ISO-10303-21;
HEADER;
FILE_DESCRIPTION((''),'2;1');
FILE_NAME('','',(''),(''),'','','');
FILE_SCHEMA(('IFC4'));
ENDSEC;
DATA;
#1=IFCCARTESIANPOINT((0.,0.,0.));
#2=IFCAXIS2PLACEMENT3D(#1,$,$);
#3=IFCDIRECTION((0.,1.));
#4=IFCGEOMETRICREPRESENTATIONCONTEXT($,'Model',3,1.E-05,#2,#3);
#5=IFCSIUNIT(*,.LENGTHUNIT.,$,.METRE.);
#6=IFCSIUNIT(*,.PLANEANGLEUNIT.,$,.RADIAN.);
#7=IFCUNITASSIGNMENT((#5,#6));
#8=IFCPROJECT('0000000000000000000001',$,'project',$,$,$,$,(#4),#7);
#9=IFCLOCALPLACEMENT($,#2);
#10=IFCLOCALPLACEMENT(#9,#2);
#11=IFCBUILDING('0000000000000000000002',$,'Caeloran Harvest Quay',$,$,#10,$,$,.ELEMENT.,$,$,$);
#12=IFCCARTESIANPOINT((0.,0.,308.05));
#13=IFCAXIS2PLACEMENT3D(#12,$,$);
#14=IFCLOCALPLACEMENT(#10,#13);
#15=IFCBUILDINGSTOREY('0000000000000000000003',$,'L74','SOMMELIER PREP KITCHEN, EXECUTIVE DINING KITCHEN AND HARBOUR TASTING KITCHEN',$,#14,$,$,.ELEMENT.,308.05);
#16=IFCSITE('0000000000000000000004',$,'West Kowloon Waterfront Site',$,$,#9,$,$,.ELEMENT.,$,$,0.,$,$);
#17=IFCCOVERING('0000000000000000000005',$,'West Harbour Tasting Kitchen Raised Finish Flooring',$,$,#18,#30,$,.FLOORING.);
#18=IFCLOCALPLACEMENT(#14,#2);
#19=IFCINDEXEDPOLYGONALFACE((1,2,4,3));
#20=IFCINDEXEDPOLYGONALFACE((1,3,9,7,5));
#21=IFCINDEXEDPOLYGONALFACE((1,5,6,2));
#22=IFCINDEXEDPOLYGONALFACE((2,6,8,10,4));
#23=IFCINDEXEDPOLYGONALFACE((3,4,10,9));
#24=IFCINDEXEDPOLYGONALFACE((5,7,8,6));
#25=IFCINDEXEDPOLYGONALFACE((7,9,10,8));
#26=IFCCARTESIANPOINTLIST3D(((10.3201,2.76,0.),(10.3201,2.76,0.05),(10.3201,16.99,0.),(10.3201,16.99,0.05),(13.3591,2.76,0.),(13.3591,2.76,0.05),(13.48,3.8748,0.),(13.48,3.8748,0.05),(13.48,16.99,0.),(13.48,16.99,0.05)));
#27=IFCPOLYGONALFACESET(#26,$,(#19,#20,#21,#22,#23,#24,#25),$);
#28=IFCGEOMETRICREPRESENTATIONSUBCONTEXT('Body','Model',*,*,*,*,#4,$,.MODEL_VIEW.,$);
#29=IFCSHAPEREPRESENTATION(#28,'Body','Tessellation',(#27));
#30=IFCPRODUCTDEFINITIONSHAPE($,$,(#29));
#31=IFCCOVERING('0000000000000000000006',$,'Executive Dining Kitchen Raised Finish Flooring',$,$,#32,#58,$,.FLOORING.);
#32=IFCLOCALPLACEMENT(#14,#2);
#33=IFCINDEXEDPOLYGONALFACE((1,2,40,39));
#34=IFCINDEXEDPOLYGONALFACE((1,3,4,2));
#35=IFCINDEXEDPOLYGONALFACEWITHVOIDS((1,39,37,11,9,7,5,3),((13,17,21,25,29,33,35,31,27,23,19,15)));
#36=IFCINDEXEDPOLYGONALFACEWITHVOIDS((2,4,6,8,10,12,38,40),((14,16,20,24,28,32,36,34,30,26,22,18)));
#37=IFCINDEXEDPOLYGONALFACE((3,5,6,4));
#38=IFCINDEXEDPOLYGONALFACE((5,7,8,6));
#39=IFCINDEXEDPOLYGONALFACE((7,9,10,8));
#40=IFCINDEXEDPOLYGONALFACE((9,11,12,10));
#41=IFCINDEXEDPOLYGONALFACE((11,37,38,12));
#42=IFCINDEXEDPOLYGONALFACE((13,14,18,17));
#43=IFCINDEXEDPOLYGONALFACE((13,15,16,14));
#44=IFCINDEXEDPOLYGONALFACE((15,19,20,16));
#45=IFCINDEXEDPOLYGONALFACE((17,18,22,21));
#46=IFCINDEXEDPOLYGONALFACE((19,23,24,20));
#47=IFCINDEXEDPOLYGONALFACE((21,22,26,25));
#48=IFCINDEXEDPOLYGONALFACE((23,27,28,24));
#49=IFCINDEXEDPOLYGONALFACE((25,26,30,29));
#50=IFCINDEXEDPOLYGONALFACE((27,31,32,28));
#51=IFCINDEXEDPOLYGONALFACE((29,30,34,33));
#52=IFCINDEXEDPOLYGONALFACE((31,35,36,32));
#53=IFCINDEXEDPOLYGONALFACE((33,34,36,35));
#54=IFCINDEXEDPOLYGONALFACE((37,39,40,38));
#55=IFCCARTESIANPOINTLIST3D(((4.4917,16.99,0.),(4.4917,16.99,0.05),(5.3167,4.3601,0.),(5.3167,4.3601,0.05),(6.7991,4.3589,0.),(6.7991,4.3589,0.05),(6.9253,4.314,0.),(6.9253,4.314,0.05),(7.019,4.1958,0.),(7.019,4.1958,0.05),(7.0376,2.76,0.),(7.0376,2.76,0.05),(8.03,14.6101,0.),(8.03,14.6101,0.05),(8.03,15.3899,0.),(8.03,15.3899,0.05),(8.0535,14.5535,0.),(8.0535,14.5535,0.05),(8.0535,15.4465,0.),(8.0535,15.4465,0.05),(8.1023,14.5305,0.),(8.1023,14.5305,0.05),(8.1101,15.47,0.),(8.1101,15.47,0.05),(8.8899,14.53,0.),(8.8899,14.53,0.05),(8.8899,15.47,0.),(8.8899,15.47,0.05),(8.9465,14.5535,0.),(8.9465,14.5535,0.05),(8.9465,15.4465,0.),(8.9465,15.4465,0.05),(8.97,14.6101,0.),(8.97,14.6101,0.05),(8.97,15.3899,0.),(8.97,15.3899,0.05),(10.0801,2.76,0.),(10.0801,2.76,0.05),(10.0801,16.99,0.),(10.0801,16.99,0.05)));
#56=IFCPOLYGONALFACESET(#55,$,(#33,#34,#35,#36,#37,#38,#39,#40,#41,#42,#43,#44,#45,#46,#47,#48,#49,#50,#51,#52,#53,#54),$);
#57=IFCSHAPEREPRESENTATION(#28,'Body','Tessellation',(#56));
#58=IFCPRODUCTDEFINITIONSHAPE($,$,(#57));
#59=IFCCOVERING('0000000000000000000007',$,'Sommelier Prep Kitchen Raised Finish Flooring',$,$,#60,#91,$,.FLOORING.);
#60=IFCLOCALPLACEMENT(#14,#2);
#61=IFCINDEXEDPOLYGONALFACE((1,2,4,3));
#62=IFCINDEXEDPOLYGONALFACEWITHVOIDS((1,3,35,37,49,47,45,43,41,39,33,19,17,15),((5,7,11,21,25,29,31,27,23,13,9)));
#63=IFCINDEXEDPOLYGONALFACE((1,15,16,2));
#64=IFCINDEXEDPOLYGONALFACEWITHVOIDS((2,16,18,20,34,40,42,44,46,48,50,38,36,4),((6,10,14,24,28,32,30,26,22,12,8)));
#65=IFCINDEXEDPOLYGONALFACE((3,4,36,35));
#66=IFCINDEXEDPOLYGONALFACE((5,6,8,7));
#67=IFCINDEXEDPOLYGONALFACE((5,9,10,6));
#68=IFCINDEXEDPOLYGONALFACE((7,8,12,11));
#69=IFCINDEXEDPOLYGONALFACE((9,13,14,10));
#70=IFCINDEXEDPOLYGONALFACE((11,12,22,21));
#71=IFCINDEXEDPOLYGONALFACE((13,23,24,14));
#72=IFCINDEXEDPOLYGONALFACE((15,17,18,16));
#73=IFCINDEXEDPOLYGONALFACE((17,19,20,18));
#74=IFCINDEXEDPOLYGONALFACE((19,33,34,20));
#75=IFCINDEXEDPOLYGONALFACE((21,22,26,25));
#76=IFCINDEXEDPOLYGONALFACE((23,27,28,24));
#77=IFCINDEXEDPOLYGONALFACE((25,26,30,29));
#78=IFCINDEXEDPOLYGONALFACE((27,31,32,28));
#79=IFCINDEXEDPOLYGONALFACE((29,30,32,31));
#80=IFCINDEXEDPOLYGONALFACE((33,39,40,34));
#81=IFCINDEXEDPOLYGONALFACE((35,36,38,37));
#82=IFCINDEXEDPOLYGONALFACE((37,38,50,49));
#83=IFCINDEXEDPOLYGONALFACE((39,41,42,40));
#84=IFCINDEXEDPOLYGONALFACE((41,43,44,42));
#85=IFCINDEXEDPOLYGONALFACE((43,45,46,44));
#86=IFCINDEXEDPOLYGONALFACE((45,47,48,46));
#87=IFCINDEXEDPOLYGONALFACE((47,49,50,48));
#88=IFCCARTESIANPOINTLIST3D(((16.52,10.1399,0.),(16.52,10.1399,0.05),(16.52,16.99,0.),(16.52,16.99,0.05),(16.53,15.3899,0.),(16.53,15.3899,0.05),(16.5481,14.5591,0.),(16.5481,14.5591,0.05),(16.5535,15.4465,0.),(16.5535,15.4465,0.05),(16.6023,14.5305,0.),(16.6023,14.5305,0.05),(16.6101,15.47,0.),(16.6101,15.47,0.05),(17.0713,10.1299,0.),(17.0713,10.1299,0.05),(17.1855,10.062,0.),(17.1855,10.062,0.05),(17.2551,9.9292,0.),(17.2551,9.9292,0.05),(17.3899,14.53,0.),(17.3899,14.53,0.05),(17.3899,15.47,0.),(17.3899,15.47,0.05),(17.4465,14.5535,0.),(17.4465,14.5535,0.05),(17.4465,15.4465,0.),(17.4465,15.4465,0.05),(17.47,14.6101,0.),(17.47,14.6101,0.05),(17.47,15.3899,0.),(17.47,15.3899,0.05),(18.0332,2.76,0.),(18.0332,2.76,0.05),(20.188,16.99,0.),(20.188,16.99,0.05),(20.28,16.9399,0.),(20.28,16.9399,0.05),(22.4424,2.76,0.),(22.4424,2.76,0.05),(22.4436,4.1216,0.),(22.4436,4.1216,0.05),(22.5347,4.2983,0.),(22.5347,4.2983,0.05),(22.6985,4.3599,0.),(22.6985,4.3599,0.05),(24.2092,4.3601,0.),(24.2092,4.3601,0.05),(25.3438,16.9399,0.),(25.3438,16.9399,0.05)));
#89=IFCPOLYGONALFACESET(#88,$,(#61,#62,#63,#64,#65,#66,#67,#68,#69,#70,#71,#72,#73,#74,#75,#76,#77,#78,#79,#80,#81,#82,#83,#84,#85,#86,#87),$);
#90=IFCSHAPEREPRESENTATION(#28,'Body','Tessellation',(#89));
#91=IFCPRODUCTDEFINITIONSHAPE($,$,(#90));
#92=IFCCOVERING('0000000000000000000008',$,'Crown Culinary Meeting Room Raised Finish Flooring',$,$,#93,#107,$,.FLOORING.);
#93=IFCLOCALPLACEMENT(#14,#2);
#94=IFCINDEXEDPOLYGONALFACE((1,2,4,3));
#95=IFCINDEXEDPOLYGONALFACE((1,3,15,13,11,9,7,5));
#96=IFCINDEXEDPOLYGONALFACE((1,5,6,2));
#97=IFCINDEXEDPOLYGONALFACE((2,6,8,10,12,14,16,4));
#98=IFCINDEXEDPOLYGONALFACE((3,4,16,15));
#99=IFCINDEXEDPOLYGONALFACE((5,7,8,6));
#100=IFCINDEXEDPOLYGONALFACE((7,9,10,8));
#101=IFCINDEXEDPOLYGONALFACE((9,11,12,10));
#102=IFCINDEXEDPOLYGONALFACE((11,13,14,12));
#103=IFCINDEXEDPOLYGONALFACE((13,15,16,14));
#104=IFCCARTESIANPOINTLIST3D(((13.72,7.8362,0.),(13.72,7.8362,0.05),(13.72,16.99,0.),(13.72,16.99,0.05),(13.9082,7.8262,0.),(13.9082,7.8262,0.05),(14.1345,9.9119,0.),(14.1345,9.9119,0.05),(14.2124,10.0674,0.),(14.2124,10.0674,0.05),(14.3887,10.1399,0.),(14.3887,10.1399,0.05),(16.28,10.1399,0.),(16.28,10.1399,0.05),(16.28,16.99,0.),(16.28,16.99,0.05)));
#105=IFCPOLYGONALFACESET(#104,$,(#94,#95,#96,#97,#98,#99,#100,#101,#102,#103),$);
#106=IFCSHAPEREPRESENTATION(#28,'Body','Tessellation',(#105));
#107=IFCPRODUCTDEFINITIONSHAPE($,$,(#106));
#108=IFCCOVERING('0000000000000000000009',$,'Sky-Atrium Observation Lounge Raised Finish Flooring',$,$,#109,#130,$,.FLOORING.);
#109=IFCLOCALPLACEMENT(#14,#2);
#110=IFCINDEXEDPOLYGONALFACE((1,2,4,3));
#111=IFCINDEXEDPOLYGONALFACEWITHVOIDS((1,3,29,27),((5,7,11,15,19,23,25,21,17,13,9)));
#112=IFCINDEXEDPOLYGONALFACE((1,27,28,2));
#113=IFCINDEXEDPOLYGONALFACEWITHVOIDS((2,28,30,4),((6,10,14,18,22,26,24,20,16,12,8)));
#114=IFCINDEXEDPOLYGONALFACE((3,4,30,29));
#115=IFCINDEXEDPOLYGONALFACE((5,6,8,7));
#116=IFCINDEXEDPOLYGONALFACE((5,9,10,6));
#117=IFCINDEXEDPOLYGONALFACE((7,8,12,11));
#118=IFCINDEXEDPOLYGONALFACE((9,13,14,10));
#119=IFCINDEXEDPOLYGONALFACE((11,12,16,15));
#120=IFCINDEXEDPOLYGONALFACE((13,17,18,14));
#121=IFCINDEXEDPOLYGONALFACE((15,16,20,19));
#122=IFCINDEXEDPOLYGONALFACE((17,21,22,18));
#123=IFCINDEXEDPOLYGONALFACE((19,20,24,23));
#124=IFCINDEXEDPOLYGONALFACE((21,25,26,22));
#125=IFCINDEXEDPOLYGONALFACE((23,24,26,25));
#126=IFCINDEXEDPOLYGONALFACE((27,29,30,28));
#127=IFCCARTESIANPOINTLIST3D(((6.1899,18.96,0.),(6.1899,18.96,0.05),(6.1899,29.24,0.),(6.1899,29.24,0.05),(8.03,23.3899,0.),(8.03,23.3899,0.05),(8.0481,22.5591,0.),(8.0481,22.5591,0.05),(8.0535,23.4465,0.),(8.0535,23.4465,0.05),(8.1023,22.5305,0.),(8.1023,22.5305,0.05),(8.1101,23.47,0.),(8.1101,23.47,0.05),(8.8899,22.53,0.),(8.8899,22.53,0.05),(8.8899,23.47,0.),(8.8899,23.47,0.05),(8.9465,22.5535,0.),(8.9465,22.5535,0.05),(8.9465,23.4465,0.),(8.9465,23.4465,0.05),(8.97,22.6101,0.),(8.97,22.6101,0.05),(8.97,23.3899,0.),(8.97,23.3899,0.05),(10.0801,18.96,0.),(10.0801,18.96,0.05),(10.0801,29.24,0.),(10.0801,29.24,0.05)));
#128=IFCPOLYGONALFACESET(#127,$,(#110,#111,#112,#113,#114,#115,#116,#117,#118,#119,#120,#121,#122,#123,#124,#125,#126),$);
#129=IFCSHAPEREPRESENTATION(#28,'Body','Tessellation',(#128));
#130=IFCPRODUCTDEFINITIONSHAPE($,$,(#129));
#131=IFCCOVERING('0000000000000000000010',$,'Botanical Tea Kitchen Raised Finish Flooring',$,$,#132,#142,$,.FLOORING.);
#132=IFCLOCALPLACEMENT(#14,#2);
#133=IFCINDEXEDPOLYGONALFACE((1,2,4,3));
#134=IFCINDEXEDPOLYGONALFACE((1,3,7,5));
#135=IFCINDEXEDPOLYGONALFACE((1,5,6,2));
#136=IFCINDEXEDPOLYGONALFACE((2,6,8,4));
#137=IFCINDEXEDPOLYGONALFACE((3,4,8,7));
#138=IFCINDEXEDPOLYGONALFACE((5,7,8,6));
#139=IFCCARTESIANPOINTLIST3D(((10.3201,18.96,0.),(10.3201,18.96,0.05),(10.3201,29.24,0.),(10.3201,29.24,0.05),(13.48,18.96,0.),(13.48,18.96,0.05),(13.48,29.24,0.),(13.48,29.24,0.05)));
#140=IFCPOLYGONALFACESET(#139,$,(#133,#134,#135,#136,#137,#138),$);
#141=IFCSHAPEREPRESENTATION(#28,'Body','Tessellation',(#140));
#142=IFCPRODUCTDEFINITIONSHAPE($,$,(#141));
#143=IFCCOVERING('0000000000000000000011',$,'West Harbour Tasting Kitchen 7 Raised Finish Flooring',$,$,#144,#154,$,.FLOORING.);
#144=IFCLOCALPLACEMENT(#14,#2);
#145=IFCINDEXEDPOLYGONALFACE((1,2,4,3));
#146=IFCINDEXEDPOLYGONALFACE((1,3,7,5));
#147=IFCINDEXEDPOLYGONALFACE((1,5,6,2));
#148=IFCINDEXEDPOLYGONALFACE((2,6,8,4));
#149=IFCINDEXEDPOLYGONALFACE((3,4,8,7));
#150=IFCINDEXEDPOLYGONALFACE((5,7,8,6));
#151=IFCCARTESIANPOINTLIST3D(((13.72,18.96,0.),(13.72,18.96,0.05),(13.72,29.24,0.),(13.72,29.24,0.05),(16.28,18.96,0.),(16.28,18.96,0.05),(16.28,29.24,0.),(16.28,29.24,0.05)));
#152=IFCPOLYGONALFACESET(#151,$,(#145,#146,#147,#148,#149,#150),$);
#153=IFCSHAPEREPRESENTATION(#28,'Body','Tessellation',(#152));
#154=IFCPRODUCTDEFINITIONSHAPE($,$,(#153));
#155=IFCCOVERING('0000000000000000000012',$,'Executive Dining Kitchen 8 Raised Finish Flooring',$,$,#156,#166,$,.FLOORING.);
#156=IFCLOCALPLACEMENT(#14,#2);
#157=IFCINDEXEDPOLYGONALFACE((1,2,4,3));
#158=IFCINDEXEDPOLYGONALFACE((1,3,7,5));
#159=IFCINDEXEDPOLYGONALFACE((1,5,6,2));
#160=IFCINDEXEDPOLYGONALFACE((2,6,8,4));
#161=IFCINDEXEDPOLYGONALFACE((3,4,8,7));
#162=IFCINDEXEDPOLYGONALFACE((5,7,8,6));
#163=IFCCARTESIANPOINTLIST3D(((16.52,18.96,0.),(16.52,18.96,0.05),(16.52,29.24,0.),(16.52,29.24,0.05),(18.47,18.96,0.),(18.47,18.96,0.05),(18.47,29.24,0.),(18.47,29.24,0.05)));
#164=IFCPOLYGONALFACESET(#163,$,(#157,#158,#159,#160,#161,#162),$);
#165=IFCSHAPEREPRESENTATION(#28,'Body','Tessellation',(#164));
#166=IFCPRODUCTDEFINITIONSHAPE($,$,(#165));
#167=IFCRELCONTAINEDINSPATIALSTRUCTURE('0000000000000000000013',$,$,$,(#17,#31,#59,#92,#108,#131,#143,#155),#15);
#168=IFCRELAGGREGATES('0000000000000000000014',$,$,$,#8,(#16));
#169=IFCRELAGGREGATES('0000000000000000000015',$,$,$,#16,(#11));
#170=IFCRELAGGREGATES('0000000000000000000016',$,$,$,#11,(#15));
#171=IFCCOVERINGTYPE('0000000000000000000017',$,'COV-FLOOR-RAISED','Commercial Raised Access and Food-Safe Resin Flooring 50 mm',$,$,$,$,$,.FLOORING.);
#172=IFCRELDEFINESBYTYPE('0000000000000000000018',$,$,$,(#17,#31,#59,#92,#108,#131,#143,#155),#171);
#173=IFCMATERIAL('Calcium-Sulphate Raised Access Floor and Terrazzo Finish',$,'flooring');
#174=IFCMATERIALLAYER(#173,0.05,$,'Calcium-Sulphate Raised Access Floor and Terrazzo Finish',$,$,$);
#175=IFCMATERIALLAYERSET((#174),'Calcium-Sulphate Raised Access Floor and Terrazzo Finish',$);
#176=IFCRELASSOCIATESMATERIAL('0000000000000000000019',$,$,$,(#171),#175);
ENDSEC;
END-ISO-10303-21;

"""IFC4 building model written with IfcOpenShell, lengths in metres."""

from ifc_helpers import new_model, si_unit, direction, frame, origin, place, context, subcontext, project, spatial, polyline, outline, extrude, material, layer, layer_set, type_object, element, save


model = new_model("IFC4")

# Units and contexts
model_context = context("Model", 3, precision=1e-05, world=origin(), true_north=direction((0.0, 1.0)))
body_context = subcontext(model_context, "Body", "Model", "MODEL_VIEW")
ifc_project = project(units=[si_unit("LENGTHUNIT", "METRE"), si_unit("PLANEANGLEUNIT", "RADIAN")], contexts=[model_context])

# Site, building, storey
site_placement = place(None, origin())
site = spatial("IfcSite", under=ifc_project, at=site_placement, Name="West Kowloon Waterfront Site", CompositionType="ELEMENT", RefElevation=0.0)
building_placement = place(site_placement, origin())
building = spatial("IfcBuilding", under=site, at=building_placement, Name="Caeloran Harvest Quay", CompositionType="ELEMENT")
storey_placement = place(building_placement, frame((0.0, 0.0, 308.05)))
storey = spatial("IfcBuildingStorey", under=building, at=storey_placement, Name="L74", Description="SOMMELIER PREP KITCHEN, EXECUTIVE DINING KITCHEN AND HARBOUR TASTING KITCHEN", CompositionType="ELEMENT", Elevation=308.05)

# Coverings
ifc_material_1 = material(Name="Calcium-Sulphate Raised Access Floor and Terrazzo Finish", Category="flooring")
ifc_layer_1 = layer(ifc_material_1, 0.05, Name="Calcium-Sulphate Raised Access Floor and Terrazzo Finish")
ifc_layer_set_1 = layer_set([ifc_layer_1], Name="Calcium-Sulphate Raised Access Floor and Terrazzo Finish")
covering_type_1 = type_object("IfcCoveringType", Name="COV-FLOOR-RAISED", Description="Commercial Raised Access and Food-Safe Resin Flooring 50 mm", PredefinedType="FLOORING", material=ifc_layer_set_1)
covering_1_placement = place(storey_placement, origin())
element("IfcCovering", 1, at=covering_1_placement, inside=storey, type_object=covering_type_1, Name="West Harbour Tasting Kitchen Raised Finish Flooring", PredefinedType="FLOORING", context=body_context, shape_type="SweptSolid", body=[
    extrude(outline(polyline([(10.3201, 2.76), (10.3201, 16.99), (13.48, 16.99), (13.48, 3.8748), (13.3591, 2.76), (10.3201, 2.76)])), origin(), (0.0, 0.0, 1.0), 0.05),
])
covering_2_placement = place(storey_placement, origin())
element("IfcCovering", 2, at=covering_2_placement, inside=storey, type_object=covering_type_1, Name="Executive Dining Kitchen Raised Finish Flooring", PredefinedType="FLOORING", context=body_context, shape_type="SweptSolid", body=[
    extrude(outline(polyline([(7.019, 4.1958), (6.9253, 4.314), (6.7991, 4.3589), (5.3167, 4.3601), (4.4917, 16.99), (10.0801, 16.99), (10.0801, 2.76), (7.0376, 2.76), (7.019, 4.1958)]), holes=[polyline([(8.03, 14.6101), (8.0535, 14.5535), (8.1023, 14.5305), (8.8899, 14.53), (8.9465, 14.5535), (8.97, 14.6101), (8.97, 15.3899), (8.9465, 15.4465), (8.8899, 15.47), (8.1101, 15.47), (8.0535, 15.4465), (8.03, 15.3899), (8.03, 14.6101)])]), origin(), (0.0, 0.0, 1.0), 0.05),
])
covering_3_placement = place(storey_placement, origin())
element("IfcCovering", 3, at=covering_3_placement, inside=storey, type_object=covering_type_1, Name="Sommelier Prep Kitchen Raised Finish Flooring", PredefinedType="FLOORING", context=body_context, shape_type="SweptSolid", body=[
    extrude(outline(polyline([(20.188, 16.99), (20.28, 16.9399), (25.3438, 16.9399), (24.2092, 4.3601), (22.6985, 4.3599), (22.5347, 4.2983), (22.4436, 4.1216), (22.4424, 2.76), (18.0332, 2.76), (17.2551, 9.9292), (17.1855, 10.062), (17.0713, 10.1299), (16.52, 10.1399), (16.52, 16.99), (20.188, 16.99)]), holes=[polyline([(16.53, 15.3899), (16.5481, 14.5591), (16.6023, 14.5305), (17.3899, 14.53), (17.4465, 14.5535), (17.47, 14.6101), (17.47, 15.3899), (17.4465, 15.4465), (17.3899, 15.47), (16.6101, 15.47), (16.5535, 15.4465), (16.53, 15.3899)])]), origin(), (0.0, 0.0, 1.0), 0.05),
])
covering_4_placement = place(storey_placement, origin())
element("IfcCovering", 4, at=covering_4_placement, inside=storey, type_object=covering_type_1, Name="Crown Culinary Meeting Room Raised Finish Flooring", PredefinedType="FLOORING", context=body_context, shape_type="SweptSolid", body=[
    extrude(outline(polyline([(16.28, 16.99), (16.28, 10.1399), (14.3887, 10.1399), (14.2124, 10.0674), (14.1345, 9.9119), (13.9082, 7.8262), (13.72, 7.8362), (13.72, 16.99), (16.28, 16.99)])), origin(), (0.0, 0.0, 1.0), 0.05),
])
covering_5_placement = place(storey_placement, origin())
element("IfcCovering", 5, at=covering_5_placement, inside=storey, type_object=covering_type_1, Name="Sky-Atrium Observation Lounge Raised Finish Flooring", PredefinedType="FLOORING", context=body_context, shape_type="SweptSolid", body=[
    extrude(outline(polyline([(6.1899, 29.24), (10.0801, 29.24), (10.0801, 18.96), (6.1899, 18.96), (6.1899, 29.24)]), holes=[polyline([(8.03, 23.3899), (8.0481, 22.5591), (8.1023, 22.5305), (8.8899, 22.53), (8.9465, 22.5535), (8.97, 22.6101), (8.97, 23.3899), (8.9465, 23.4465), (8.8899, 23.47), (8.1101, 23.47), (8.0535, 23.4465), (8.03, 23.3899)])]), origin(), (0.0, 0.0, 1.0), 0.05),
])
covering_6_placement = place(storey_placement, origin())
element("IfcCovering", 6, at=covering_6_placement, inside=storey, type_object=covering_type_1, Name="Botanical Tea Kitchen Raised Finish Flooring", PredefinedType="FLOORING", context=body_context, shape_type="SweptSolid", body=[
    extrude(outline(polyline([(10.3201, 29.24), (13.48, 29.24), (13.48, 18.96), (10.3201, 18.96), (10.3201, 29.24)])), origin(), (0.0, 0.0, 1.0), 0.05),
])
covering_7_placement = place(storey_placement, origin())
element("IfcCovering", 7, at=covering_7_placement, inside=storey, type_object=covering_type_1, Name="West Harbour Tasting Kitchen 7 Raised Finish Flooring", PredefinedType="FLOORING", context=body_context, shape_type="SweptSolid", body=[
    extrude(outline(polyline([(13.72, 29.24), (16.28, 29.24), (16.28, 18.96), (13.72, 18.96), (13.72, 29.24)])), origin(), (0.0, 0.0, 1.0), 0.05),
])
covering_8_placement = place(storey_placement, origin())
element("IfcCovering", 8, at=covering_8_placement, inside=storey, type_object=covering_type_1, Name="Executive Dining Kitchen 8 Raised Finish Flooring", PredefinedType="FLOORING", context=body_context, shape_type="SweptSolid", body=[
    extrude(outline(polyline([(16.52, 29.24), (18.47, 29.24), (18.47, 18.96), (16.52, 18.96), (16.52, 29.24)])), origin(), (0.0, 0.0, 1.0), 0.05),
])

save(model, "model.ifc")
